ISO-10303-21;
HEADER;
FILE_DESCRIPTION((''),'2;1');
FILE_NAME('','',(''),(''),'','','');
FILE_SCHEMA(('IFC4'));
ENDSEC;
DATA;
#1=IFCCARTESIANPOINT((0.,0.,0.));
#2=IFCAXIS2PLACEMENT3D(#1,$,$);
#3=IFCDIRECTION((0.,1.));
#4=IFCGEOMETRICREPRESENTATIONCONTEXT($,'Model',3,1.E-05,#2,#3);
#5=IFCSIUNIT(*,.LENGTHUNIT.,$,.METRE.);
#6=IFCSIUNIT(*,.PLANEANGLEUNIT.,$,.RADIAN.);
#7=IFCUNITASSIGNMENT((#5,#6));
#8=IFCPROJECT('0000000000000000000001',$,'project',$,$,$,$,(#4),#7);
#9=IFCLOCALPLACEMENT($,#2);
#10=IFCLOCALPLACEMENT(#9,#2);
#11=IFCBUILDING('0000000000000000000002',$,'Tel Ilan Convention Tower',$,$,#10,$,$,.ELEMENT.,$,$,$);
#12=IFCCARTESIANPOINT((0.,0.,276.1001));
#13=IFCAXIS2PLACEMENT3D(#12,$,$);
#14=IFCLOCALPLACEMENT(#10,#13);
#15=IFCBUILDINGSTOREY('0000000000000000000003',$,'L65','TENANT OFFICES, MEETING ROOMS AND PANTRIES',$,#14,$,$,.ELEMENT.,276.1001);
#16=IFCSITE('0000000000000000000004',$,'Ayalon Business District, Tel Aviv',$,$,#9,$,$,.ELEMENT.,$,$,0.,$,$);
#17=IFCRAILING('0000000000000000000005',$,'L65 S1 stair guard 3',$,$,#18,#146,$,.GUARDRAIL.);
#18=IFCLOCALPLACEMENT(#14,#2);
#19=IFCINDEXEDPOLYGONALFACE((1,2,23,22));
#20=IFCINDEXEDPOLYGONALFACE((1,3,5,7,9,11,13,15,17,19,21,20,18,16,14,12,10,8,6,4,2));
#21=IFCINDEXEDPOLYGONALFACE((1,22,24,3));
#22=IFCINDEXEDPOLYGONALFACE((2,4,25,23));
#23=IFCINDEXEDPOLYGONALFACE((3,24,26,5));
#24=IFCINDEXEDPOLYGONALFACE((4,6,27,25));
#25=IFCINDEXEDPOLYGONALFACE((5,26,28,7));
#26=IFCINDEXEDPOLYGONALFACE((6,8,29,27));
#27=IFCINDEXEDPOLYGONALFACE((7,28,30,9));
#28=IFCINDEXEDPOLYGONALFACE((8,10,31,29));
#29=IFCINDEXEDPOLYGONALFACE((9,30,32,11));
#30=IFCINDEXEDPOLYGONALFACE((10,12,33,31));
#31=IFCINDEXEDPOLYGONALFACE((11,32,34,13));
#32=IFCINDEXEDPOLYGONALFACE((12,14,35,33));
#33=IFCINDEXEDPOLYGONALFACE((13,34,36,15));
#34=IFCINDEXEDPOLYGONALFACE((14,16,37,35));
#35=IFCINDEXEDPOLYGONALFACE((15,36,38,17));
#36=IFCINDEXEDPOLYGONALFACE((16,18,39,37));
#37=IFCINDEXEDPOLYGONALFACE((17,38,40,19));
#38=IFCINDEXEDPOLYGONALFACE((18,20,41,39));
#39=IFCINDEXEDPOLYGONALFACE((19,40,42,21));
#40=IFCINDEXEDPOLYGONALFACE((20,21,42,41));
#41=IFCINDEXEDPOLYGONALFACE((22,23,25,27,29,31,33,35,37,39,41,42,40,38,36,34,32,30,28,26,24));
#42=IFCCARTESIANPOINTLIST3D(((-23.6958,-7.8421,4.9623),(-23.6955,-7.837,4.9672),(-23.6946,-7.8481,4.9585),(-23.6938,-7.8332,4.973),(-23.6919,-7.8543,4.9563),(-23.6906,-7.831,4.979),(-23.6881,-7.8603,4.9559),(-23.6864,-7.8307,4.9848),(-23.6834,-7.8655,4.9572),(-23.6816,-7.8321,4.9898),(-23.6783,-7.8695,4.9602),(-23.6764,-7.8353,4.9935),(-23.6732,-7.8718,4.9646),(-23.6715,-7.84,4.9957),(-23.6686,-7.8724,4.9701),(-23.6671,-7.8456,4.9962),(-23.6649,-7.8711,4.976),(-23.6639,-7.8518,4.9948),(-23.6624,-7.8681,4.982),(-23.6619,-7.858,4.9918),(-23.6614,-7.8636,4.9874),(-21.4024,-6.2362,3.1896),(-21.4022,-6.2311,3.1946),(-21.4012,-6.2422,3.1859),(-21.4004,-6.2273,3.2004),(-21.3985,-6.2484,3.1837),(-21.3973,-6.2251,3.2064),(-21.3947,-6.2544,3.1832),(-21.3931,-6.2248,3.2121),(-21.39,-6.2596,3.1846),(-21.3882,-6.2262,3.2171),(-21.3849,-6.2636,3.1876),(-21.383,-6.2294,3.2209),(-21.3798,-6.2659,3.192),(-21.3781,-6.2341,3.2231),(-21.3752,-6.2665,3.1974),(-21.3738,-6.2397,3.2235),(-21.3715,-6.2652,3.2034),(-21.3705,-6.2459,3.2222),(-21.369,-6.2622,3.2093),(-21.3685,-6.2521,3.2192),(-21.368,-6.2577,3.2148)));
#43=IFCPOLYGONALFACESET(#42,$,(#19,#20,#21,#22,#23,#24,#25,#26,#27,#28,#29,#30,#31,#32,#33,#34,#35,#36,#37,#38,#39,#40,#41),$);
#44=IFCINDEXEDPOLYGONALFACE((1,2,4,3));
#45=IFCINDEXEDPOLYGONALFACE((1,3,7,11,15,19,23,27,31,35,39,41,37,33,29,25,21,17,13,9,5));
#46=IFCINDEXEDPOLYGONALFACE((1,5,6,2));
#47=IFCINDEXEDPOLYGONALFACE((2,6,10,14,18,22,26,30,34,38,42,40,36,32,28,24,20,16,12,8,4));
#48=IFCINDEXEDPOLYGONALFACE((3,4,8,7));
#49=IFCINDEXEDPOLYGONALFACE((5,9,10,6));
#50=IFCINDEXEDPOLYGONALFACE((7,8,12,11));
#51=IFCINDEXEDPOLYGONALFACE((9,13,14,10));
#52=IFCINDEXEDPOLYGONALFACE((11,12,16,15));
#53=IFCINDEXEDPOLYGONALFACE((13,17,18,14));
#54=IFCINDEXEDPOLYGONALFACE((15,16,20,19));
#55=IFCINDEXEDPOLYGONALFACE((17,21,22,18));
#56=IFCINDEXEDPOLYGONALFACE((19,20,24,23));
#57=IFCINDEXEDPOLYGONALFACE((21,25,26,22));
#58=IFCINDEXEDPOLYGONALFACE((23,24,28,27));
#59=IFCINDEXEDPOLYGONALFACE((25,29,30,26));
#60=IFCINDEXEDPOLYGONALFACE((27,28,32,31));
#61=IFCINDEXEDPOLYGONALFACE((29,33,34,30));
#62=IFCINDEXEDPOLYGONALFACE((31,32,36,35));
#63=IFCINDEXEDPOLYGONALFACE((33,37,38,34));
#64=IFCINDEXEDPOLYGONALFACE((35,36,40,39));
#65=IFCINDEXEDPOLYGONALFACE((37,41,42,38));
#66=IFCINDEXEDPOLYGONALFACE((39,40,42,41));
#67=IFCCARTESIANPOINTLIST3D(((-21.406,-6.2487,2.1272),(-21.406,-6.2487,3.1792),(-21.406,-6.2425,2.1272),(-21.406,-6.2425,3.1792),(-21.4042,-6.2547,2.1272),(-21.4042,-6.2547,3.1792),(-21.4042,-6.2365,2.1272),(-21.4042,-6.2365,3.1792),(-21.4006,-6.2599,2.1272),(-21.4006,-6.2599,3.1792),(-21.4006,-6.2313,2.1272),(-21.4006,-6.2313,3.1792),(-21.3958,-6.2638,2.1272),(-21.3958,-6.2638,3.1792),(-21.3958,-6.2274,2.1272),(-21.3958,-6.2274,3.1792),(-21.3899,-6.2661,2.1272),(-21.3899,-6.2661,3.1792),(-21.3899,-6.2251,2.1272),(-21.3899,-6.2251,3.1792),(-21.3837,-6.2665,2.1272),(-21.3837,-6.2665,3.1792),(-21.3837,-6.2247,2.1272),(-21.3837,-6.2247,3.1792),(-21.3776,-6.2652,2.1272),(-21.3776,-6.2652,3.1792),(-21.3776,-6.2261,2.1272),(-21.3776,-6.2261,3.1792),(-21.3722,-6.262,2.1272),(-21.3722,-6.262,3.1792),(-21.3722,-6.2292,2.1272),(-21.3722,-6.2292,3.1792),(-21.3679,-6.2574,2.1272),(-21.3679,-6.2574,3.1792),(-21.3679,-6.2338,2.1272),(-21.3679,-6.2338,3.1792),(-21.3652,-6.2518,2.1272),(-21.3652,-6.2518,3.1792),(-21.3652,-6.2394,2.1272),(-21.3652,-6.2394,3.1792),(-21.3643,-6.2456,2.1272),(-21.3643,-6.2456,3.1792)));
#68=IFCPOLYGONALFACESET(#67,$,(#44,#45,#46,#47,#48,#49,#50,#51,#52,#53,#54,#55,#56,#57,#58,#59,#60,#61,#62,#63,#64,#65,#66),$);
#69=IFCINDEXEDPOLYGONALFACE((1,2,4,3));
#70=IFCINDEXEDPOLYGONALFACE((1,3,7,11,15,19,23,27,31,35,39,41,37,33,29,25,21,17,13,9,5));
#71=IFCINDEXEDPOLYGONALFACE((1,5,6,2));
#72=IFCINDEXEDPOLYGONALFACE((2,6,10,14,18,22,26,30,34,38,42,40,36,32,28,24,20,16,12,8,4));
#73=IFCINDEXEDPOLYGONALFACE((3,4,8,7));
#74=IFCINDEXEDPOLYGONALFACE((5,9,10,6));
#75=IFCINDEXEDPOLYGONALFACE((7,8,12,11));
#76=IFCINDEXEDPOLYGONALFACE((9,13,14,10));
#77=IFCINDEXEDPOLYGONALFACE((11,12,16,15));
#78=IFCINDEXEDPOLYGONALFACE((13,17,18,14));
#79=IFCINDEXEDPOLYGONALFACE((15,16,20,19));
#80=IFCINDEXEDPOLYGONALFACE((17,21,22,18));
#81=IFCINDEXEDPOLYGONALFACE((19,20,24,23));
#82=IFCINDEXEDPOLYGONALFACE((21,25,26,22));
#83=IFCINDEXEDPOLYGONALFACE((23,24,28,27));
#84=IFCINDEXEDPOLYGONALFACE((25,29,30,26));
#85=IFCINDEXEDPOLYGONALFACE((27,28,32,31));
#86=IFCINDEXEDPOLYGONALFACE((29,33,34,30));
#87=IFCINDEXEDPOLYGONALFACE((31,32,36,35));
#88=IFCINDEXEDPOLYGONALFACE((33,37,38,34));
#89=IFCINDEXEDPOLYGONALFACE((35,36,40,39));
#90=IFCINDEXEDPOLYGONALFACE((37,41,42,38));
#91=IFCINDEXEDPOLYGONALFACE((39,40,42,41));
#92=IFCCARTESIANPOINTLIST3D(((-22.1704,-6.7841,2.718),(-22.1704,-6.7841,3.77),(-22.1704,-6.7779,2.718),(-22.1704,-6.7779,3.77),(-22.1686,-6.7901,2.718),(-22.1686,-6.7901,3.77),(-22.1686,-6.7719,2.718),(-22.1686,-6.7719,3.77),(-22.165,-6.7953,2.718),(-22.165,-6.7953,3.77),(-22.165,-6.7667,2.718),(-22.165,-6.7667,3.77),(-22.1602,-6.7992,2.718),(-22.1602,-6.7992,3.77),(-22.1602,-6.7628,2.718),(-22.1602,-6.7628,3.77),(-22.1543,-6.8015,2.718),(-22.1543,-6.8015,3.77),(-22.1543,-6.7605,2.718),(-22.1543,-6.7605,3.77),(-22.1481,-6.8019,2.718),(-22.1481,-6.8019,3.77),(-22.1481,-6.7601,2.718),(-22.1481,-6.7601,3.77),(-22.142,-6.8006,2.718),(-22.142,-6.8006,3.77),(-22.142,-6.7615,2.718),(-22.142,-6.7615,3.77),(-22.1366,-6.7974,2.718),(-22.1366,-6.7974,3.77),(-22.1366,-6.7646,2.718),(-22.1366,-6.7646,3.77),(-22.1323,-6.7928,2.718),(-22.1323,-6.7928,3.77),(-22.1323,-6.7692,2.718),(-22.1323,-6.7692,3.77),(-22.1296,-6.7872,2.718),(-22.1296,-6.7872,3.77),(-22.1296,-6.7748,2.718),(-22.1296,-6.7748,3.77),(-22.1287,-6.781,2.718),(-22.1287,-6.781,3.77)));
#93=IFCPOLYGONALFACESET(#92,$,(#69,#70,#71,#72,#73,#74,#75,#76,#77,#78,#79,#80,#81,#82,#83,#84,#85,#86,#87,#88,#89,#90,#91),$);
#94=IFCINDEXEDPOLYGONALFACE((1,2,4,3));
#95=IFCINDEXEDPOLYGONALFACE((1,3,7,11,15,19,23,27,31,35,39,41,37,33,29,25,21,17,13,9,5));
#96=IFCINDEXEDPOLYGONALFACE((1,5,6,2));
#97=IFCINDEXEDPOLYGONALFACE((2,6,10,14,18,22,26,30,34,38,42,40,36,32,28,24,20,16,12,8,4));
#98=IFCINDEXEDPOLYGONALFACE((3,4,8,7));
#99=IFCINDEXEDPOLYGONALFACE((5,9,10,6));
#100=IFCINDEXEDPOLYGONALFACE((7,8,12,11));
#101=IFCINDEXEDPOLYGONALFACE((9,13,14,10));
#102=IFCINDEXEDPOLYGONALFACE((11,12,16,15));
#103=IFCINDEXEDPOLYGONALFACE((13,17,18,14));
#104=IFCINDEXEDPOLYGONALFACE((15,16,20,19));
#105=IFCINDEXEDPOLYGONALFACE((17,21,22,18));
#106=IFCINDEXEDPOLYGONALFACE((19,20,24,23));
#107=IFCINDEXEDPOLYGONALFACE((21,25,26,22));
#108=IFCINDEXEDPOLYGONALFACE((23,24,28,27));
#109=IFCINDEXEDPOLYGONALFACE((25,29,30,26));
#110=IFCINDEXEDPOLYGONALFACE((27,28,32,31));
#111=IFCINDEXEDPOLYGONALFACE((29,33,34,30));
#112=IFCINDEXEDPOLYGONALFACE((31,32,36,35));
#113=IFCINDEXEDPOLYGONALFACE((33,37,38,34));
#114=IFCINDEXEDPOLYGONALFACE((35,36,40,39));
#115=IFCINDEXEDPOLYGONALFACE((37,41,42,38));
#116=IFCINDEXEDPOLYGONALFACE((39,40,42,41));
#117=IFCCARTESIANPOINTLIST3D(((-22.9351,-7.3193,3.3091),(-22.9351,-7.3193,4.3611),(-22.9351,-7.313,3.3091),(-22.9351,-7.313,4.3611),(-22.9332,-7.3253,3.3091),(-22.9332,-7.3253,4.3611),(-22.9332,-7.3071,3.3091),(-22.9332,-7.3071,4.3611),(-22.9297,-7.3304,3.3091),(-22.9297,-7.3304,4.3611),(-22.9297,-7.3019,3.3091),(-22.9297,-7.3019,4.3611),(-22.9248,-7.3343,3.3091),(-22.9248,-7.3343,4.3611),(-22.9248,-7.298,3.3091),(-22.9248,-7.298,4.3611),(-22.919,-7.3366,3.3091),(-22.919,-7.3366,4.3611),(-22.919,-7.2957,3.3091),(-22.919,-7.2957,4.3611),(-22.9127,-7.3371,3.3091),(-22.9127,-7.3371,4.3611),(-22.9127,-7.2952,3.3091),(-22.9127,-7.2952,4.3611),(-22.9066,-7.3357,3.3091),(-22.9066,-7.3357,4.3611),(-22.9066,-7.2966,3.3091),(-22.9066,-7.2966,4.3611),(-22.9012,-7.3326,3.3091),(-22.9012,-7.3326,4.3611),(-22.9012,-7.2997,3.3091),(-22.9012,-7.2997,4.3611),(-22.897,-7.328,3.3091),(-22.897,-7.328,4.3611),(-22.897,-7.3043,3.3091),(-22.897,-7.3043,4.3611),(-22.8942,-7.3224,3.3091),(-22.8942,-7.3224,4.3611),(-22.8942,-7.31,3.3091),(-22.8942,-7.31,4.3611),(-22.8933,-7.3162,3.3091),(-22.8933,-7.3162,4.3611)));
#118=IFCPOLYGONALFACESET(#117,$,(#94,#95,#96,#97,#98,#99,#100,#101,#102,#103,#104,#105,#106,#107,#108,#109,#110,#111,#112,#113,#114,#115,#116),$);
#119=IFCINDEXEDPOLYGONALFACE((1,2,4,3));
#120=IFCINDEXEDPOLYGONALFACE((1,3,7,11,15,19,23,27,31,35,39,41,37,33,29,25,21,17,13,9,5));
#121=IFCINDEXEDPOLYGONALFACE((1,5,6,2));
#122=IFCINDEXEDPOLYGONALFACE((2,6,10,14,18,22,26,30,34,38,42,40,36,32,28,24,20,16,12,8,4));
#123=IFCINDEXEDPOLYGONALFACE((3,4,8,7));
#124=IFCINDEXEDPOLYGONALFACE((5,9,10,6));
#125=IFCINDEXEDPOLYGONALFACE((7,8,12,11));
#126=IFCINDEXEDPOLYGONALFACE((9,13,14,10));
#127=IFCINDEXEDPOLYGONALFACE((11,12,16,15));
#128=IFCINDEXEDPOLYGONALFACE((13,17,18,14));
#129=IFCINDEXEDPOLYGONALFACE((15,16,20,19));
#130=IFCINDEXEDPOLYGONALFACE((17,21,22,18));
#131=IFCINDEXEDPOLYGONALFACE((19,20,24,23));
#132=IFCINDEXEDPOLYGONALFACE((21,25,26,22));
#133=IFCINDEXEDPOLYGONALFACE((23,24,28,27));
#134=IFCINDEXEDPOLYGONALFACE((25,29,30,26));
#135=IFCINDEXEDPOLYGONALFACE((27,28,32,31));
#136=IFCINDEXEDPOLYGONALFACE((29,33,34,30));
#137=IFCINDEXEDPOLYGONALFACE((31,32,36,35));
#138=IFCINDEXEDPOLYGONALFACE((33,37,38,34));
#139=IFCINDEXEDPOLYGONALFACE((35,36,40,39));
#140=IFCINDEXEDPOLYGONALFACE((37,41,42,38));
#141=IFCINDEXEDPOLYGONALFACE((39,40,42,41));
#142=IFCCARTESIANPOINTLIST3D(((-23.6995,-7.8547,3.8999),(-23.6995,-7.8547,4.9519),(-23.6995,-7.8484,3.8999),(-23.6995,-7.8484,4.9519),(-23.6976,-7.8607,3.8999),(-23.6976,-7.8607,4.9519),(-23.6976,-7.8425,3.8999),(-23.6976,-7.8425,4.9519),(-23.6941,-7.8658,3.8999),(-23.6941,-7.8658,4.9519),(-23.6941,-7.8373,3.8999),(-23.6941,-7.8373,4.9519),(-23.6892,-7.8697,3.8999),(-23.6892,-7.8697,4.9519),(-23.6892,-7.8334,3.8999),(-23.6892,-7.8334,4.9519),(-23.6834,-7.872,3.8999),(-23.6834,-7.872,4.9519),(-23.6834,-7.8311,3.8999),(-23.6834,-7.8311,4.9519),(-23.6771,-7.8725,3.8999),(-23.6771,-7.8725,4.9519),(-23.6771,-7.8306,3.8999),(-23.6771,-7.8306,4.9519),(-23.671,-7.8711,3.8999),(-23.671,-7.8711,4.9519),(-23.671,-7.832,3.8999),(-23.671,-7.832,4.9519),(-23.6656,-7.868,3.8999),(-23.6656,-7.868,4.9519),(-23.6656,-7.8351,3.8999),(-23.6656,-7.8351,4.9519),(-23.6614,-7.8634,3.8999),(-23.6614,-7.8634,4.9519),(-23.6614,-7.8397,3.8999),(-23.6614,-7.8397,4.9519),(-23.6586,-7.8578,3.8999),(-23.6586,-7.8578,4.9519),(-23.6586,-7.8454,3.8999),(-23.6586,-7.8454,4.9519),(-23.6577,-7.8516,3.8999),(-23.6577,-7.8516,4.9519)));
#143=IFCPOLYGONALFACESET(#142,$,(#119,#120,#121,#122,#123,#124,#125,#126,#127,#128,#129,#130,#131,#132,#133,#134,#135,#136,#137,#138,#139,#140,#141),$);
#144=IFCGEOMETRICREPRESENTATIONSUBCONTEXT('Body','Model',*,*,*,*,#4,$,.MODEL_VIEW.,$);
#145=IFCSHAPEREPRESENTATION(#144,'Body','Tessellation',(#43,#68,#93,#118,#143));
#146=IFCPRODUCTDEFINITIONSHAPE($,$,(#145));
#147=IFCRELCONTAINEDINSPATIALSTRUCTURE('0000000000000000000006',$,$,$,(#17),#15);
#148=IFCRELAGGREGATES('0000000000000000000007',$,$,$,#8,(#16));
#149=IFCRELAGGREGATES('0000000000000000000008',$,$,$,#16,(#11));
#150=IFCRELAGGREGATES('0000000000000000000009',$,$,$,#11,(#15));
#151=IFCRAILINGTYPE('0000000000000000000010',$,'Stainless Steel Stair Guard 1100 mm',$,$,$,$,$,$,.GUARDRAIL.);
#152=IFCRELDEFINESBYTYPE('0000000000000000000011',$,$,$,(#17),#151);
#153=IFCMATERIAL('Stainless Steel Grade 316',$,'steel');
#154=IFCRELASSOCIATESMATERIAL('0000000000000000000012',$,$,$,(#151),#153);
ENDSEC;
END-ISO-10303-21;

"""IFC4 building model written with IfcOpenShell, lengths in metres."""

from ifc_helpers import new_model, si_unit, direction, frame, origin, origin_2d, place, context, subcontext, project, spatial, circle, extrude, material, type_object, element, save


model = new_model("IFC4")

# Units and contexts
model_context = context("Model", 3, precision=1e-05, world=origin(), true_north=direction((0.0, 1.0)))
body_context = subcontext(model_context, "Body", "Model", "MODEL_VIEW")
ifc_project = project(units=[si_unit("LENGTHUNIT", "METRE"), si_unit("PLANEANGLEUNIT", "RADIAN")], contexts=[model_context])

# Site, building, storey
site_placement = place(None, origin())
site = spatial("IfcSite", under=ifc_project, at=site_placement, Name="Ayalon Business District, Tel Aviv", CompositionType="ELEMENT", RefElevation=0.0)
building_placement = place(site_placement, origin())
building = spatial("IfcBuilding", under=site, at=building_placement, Name="Tel Ilan Convention Tower", CompositionType="ELEMENT")
storey_placement = place(building_placement, frame((0.0, 0.0, 276.1001)))
storey = spatial("IfcBuildingStorey", under=building, at=storey_placement, Name="L65", Description="TENANT OFFICES, MEETING ROOMS AND PANTRIES", CompositionType="ELEMENT", Elevation=276.1001)

# Railing
ifc_material_1 = material(Name="Stainless Steel Grade 316", Category="steel")
railing_type_1 = type_object("IfcRailingType", Name="Stainless Steel Stair Guard 1100 mm", PredefinedType="GUARDRAIL", material=ifc_material_1)
railing_1_placement = place(storey_placement, frame((-21.3853, -6.2456, 2.1272)))
element("IfcRailing", 1, at=railing_1_placement, inside=storey, type_object=railing_type_1, Name="L65 S1 stair guard 3", PredefinedType="GUARDRAIL", context=body_context, shape_type="SweptSolid", body=[
    extrude(circle(Radius=0.0239, at=origin_2d()), frame((0.0, 0.0, 1.0762), z_axis=(-0.692085, -0.484621, 0.53494), x_axis=(0.573591, -0.819142, 0.0)), (0.0, 0.0, 1.0), 3.3137),
    extrude(circle(Radius=0.021, at=origin_2d()), origin(), (0.0, 0.0, 1.0), 1.052),
    extrude(circle(Radius=0.021, at=origin_2d()), frame((-0.7644, -0.5354, 0.5908)), (0.0, 0.0, 1.0), 1.052),
    extrude(circle(Radius=0.021, at=origin_2d()), frame((-1.5291, -1.0706, 1.1819)), (0.0, 0.0, 1.0), 1.052),
    extrude(circle(Radius=0.021, at=origin_2d()), frame((-2.2935, -1.606, 1.7727)), (0.0, 0.0, 1.0), 1.052),
])

save(model, "model.ifc")
